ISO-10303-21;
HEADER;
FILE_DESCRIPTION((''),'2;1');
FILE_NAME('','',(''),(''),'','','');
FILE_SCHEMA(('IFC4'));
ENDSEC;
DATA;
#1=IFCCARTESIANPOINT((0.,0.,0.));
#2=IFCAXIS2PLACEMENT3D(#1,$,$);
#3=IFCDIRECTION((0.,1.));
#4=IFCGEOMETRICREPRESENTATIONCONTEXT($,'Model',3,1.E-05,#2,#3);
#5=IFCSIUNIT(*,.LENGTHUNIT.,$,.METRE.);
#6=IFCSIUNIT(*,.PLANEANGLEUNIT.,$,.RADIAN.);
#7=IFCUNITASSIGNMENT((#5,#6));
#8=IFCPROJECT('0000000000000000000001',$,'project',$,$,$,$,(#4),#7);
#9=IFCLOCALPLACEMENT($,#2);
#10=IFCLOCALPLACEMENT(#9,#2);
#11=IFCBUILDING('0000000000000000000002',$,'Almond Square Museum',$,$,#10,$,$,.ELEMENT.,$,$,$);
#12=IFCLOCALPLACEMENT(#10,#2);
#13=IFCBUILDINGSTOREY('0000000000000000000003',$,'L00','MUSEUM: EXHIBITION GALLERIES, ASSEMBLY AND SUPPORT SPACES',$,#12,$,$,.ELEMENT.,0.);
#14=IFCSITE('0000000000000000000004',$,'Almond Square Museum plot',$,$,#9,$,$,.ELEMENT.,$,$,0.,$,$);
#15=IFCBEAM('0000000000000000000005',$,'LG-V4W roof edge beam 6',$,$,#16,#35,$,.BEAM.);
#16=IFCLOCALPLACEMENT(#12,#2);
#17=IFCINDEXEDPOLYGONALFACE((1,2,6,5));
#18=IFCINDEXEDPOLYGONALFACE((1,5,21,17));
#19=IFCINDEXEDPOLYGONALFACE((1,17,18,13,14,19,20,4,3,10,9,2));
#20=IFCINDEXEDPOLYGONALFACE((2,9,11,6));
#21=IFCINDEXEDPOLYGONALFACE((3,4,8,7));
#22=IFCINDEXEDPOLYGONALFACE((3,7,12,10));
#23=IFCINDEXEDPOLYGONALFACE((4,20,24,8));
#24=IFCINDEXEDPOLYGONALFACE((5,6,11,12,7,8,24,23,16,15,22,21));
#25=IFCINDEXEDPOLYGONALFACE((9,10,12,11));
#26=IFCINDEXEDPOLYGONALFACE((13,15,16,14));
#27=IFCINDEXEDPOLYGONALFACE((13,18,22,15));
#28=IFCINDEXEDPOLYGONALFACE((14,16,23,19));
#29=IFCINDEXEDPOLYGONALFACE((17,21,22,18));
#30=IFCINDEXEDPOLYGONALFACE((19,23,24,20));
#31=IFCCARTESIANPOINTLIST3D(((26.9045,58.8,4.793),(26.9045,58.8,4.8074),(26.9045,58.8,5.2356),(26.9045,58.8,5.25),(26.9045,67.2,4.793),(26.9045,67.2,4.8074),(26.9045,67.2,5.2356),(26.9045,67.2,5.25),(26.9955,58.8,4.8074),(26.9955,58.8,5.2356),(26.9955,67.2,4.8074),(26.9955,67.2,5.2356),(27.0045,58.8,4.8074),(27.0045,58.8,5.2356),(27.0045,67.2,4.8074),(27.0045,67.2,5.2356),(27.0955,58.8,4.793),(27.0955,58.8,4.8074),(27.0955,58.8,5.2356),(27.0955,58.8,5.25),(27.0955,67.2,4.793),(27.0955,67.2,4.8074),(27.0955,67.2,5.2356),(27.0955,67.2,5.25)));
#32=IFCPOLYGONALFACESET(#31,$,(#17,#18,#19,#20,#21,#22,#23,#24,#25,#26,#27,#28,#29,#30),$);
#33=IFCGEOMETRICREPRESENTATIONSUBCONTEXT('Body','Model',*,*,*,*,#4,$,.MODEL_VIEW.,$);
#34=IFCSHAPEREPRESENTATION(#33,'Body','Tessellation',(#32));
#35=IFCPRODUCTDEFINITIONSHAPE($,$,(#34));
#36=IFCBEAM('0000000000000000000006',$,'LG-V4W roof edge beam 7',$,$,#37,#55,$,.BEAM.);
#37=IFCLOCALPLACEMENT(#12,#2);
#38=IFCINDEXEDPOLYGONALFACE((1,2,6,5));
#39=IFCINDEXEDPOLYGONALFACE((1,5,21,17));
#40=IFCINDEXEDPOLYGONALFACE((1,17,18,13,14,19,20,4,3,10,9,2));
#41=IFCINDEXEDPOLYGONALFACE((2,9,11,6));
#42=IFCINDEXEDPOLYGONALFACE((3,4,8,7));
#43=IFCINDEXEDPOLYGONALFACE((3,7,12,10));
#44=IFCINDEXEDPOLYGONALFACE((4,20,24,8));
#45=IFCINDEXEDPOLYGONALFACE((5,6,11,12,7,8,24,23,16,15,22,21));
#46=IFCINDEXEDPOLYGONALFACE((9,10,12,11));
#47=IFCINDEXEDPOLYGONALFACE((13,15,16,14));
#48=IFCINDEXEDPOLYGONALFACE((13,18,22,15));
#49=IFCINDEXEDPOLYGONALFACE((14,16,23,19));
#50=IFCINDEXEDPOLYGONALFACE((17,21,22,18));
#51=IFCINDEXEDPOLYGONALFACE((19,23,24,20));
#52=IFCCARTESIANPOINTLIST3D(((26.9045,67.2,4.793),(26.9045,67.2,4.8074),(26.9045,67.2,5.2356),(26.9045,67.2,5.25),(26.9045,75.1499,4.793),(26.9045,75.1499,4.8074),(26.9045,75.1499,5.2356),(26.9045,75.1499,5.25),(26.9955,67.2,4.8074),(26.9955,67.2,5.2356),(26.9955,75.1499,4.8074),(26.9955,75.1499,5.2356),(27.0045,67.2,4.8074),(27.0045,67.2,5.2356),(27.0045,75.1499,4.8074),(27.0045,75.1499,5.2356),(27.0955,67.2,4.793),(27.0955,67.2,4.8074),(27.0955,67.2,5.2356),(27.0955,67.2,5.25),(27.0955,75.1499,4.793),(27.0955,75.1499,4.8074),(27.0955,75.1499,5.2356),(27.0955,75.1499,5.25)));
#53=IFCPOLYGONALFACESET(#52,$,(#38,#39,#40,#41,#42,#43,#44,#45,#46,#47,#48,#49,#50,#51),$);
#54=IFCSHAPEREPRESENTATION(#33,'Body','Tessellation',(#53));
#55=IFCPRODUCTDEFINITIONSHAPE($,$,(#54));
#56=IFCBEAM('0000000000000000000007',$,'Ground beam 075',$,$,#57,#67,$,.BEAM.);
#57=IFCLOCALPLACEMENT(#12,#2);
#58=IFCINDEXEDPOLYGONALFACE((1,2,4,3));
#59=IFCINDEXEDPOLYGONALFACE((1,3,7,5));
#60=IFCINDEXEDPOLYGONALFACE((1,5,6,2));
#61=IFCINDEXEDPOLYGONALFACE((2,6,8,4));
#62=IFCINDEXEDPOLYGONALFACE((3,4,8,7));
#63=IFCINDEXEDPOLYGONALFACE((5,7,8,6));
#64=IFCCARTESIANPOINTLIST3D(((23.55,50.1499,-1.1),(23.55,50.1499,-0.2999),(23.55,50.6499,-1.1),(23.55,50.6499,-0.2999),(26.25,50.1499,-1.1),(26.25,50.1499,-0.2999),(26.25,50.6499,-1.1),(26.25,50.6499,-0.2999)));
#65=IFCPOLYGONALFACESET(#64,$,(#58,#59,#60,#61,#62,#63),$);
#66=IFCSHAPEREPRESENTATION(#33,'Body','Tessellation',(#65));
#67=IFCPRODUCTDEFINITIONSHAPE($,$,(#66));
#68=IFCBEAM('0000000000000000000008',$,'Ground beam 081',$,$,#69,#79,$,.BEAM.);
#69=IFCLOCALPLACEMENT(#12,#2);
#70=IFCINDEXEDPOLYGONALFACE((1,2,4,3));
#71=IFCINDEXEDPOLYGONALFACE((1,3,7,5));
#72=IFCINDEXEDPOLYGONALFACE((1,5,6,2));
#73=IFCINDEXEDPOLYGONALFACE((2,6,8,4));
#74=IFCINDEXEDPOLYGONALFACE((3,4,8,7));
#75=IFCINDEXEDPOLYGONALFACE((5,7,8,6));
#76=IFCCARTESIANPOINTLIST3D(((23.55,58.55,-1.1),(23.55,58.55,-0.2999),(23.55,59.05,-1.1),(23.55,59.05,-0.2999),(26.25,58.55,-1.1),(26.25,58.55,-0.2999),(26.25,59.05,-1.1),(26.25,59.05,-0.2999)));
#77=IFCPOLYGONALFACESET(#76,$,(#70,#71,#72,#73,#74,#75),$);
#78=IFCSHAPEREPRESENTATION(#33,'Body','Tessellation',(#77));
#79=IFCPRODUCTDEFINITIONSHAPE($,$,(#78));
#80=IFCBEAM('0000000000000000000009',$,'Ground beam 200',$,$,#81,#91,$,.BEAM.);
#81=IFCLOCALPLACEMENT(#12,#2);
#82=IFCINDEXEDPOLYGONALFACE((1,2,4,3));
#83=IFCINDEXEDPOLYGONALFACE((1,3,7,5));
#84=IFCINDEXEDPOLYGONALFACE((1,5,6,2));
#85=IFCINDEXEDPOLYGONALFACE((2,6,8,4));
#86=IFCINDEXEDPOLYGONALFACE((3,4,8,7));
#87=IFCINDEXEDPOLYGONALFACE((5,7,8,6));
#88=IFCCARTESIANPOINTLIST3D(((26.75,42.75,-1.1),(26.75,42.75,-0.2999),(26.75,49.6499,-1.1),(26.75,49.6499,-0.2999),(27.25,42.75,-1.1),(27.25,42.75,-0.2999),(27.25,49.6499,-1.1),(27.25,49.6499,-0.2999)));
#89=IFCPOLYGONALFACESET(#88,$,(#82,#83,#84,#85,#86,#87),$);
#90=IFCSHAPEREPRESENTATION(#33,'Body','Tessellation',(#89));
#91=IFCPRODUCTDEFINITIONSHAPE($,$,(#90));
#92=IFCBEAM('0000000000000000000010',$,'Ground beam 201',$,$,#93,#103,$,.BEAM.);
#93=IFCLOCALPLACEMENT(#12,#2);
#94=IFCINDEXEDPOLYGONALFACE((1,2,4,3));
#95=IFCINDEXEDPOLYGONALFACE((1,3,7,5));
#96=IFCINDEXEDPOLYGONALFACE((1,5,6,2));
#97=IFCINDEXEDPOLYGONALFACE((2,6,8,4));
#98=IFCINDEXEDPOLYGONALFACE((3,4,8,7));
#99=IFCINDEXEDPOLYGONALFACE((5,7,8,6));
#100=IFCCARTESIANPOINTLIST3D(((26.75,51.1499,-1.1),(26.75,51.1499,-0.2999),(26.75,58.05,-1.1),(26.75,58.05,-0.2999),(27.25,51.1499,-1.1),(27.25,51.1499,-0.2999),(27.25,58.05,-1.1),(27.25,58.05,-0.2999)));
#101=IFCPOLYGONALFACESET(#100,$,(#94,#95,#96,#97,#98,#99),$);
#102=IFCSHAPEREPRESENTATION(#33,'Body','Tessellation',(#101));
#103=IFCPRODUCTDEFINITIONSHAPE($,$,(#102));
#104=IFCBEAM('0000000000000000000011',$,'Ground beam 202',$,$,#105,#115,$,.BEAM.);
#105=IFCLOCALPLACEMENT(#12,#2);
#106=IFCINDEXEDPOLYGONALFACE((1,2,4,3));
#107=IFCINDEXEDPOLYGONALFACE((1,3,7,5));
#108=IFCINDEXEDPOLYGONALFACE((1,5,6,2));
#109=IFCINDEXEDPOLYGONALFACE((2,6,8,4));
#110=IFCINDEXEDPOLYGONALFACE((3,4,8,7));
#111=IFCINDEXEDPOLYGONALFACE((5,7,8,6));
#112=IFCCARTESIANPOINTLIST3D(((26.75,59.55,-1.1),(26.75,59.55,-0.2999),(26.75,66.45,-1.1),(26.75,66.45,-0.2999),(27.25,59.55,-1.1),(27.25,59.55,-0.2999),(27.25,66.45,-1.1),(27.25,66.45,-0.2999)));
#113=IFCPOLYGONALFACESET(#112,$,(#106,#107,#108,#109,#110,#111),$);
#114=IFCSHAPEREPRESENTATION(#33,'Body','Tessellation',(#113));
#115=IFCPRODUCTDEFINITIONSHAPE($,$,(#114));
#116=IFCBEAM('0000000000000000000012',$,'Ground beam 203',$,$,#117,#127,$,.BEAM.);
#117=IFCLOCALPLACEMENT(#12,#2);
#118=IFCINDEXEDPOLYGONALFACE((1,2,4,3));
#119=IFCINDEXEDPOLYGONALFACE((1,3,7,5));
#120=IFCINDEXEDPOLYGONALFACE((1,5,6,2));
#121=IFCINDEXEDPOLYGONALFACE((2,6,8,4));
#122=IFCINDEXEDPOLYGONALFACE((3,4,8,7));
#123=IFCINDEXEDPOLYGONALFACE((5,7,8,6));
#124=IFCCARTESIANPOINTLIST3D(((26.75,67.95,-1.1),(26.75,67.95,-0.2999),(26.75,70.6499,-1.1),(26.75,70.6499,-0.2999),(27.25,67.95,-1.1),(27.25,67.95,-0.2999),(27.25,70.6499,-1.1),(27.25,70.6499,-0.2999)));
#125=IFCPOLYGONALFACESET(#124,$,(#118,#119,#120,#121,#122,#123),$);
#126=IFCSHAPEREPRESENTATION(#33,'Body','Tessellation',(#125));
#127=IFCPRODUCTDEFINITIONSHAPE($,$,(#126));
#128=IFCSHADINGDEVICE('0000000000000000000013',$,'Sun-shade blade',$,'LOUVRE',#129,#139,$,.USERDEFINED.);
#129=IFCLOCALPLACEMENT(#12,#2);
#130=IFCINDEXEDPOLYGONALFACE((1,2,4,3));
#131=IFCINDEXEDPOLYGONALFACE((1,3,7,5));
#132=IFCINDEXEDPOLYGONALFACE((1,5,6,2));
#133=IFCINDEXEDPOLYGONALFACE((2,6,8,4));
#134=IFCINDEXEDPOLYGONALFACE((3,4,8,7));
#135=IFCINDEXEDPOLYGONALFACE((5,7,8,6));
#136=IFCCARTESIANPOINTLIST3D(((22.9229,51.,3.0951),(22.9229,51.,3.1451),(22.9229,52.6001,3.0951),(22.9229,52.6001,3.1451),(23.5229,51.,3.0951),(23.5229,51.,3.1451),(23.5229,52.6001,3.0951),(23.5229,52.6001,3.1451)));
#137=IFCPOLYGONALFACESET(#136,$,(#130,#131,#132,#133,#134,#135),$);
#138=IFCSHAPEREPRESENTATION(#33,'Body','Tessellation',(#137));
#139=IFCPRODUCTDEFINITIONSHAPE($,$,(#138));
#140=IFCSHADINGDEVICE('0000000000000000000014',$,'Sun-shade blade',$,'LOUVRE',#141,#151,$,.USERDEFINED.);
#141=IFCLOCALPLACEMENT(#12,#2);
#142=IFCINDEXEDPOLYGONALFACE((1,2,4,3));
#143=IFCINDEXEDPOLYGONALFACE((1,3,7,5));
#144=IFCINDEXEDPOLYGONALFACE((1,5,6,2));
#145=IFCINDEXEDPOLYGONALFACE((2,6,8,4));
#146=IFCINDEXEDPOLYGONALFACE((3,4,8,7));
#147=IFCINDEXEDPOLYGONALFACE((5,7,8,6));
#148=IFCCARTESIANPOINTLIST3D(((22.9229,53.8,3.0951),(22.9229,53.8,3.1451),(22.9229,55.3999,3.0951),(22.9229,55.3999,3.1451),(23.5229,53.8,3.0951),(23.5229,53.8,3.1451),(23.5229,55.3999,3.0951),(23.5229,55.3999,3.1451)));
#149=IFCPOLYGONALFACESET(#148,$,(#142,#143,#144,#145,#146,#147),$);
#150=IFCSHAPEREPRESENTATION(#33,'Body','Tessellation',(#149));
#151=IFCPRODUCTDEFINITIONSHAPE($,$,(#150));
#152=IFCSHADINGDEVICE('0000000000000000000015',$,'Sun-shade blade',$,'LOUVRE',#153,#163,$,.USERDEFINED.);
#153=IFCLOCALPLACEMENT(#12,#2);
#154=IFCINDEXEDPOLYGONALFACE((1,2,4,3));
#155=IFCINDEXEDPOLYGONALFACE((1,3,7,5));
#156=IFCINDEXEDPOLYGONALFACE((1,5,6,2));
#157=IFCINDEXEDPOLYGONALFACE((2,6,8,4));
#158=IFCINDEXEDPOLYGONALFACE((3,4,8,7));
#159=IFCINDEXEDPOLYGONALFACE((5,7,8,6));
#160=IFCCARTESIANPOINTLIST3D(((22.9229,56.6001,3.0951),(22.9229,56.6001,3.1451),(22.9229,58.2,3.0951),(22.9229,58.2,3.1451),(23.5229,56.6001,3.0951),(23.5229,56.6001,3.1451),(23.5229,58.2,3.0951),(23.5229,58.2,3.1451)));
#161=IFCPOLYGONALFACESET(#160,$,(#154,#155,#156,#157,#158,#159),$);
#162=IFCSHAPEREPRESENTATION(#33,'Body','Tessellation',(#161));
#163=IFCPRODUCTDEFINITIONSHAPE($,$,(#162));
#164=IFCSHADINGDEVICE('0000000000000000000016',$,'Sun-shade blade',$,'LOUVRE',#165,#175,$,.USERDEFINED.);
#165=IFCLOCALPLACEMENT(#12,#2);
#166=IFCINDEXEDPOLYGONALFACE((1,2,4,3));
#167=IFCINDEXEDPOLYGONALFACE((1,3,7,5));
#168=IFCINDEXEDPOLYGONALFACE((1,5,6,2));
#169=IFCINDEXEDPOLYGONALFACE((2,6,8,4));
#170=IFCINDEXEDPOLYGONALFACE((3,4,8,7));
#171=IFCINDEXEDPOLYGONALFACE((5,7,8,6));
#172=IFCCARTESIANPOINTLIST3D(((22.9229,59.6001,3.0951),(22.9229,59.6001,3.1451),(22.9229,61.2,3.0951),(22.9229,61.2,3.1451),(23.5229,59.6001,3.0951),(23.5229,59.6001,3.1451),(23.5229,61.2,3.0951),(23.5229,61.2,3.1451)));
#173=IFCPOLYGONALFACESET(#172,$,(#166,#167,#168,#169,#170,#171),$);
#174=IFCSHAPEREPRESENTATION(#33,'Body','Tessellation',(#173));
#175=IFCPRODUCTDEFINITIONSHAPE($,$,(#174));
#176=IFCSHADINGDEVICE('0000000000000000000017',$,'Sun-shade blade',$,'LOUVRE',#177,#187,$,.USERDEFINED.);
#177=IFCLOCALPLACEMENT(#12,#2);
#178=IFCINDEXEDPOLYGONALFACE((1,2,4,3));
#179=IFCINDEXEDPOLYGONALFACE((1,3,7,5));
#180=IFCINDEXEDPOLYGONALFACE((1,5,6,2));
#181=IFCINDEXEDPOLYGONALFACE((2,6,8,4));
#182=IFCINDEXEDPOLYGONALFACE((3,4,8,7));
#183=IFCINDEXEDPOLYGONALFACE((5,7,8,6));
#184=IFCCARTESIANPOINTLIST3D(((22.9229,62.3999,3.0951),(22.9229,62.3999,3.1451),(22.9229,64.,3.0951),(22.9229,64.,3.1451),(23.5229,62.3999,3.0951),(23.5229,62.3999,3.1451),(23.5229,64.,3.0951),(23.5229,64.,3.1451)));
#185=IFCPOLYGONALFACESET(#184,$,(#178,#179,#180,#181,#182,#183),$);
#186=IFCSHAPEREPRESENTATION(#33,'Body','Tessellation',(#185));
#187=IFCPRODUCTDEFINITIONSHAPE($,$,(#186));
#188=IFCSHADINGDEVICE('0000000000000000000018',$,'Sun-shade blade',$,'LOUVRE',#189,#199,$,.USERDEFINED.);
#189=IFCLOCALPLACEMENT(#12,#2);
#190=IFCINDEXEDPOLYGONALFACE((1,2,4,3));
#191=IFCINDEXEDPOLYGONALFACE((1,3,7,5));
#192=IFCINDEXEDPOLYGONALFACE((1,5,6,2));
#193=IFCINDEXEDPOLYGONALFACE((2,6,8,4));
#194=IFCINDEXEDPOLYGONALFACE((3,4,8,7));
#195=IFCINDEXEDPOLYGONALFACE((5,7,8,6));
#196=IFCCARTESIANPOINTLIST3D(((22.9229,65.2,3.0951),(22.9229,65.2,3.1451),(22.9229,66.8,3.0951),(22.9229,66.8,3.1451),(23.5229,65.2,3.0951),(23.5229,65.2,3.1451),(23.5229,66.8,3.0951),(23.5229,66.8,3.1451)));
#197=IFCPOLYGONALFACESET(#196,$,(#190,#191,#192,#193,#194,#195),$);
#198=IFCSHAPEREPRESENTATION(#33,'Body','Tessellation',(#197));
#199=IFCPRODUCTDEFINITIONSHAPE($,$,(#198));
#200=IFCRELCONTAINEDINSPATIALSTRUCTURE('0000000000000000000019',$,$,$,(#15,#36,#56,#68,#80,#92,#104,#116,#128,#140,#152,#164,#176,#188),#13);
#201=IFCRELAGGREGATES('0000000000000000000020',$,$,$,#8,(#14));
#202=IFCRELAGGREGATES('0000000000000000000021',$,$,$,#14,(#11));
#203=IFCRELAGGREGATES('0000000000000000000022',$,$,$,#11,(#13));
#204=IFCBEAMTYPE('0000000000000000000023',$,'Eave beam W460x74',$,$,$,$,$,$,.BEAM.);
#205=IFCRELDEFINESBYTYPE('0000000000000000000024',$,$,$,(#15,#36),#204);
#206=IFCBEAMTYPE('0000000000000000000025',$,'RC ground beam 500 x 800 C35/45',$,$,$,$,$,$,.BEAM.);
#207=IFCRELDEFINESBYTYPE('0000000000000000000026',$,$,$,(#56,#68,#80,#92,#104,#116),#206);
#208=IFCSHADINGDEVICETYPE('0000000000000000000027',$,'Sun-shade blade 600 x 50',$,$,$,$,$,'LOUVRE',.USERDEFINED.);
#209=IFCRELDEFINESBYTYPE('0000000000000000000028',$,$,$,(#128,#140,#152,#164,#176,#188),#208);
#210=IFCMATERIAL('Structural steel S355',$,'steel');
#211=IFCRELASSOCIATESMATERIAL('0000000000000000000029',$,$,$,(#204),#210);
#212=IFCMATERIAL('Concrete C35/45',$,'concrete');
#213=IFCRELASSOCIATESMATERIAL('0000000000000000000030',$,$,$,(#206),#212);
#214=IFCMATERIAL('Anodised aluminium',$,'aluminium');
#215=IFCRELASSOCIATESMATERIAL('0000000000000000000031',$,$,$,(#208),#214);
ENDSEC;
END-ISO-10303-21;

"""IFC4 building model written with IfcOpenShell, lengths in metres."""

from ifc_helpers import new_model, si_unit, direction, frame, origin, origin_2d, place, context, subcontext, project, spatial, rectangle, i_section, extrude, material, material_profile, profile_set, type_object, element, save


model = new_model("IFC4")

# Units and contexts
model_context = context("Model", 3, precision=1e-05, world=origin(), true_north=direction((0.0, 1.0)))
body_context = subcontext(model_context, "Body", "Model", "MODEL_VIEW")
ifc_project = project(units=[si_unit("LENGTHUNIT", "METRE"), si_unit("PLANEANGLEUNIT", "RADIAN")], contexts=[model_context])

# Site, building, storey
site_placement = place(None, origin())
site = spatial("IfcSite", under=ifc_project, at=site_placement, Name="Almond Square Museum plot", CompositionType="ELEMENT", RefElevation=0.0)
building_placement = place(site_placement, origin())
building = spatial("IfcBuilding", under=site, at=building_placement, Name="Almond Square Museum", CompositionType="ELEMENT")
storey_placement = place(building_placement, origin())
storey = spatial("IfcBuildingStorey", under=building, at=storey_placement, Name="L00", Description="MUSEUM: EXHIBITION GALLERIES, ASSEMBLY AND SUPPORT SPACES", CompositionType="ELEMENT", Elevation=0.0)

# Beams
ifc_material_1 = material(Name="Structural steel S355", Category="steel")
ifc_material_profile_1 = material_profile(ifc_material_1, i_section(OverallWidth=0.1909, OverallDepth=0.457, WebThickness=0.009, FlangeThickness=0.0144, at=origin_2d()))
ifc_profile_set_1 = profile_set([ifc_material_profile_1], Name="Structural steel S355")
beam_type_1 = type_object("IfcBeamType", Name="Eave beam W460x74", PredefinedType="BEAM", material=ifc_profile_set_1)
beam_1_placement = place(storey_placement, frame((27.0, 58.8, 5.0215), z_axis=(0.0, 1.0, 0.0), x_axis=(-1.0, 0.0, 0.0)))
element("IfcBeam", 1, at=beam_1_placement, inside=storey, type_object=beam_type_1, Name="LG-V4W roof edge beam 6", PredefinedType="BEAM", context=body_context, shape_type="SweptSolid", body=[
    extrude(i_section(OverallWidth=0.1909, OverallDepth=0.457, WebThickness=0.009, FlangeThickness=0.0144, at=origin_2d()), origin(), (0.0, 0.0, 1.0), 8.3999),
])
beam_2_placement = place(storey_placement, frame((27.0, 67.2, 5.0215), z_axis=(0.0, 1.0, 0.0), x_axis=(-1.0, 0.0, 0.0)))
element("IfcBeam", 2, at=beam_2_placement, inside=storey, type_object=beam_type_1, Name="LG-V4W roof edge beam 7", PredefinedType="BEAM", context=body_context, shape_type="SweptSolid", body=[
    extrude(i_section(OverallWidth=0.1909, OverallDepth=0.457, WebThickness=0.009, FlangeThickness=0.0144, at=origin_2d()), origin(), (0.0, 0.0, 1.0), 7.95),
])
ifc_material_2 = material(Name="Concrete C35/45", Category="concrete")
ifc_material_profile_2 = material_profile(ifc_material_2, rectangle(XDim=0.5, YDim=0.8, at=origin_2d()))
ifc_profile_set_2 = profile_set([ifc_material_profile_2], Name="Concrete C35/45")
beam_type_2 = type_object("IfcBeamType", Name="RC ground beam 500 x 800 C35/45", PredefinedType="BEAM", material=ifc_profile_set_2)
for number, where, z_axis, x_axis, name in (
    (3, (23.55, 50.3999, -0.7), (1.0, 0.0, 0.0), (0.0, 1.0, 0.0), "Ground beam 075"),
    (4, (23.55, 58.8, -0.7), (1.0, 0.0, 0.0), (0.0, 1.0, 0.0), "Ground beam 081"),
):
    element("IfcBeam", number, at=place(storey_placement, frame(where, z_axis=z_axis, x_axis=x_axis)), inside=storey, type_object=beam_type_2, Name=name, PredefinedType="BEAM", context=body_context, shape_type="SweptSolid", body=[
        extrude(rectangle(XDim=0.5, YDim=0.8, at=origin_2d()), origin(), (0.0, 0.0, 1.0), 2.7),
    ])
beam_3_placement = place(storey_placement, frame((27.0, 42.75, -0.7), z_axis=(0.0, 1.0, 0.0), x_axis=(-1.0, 0.0, 0.0)))
element("IfcBeam", 5, at=beam_3_placement, inside=storey, type_object=beam_type_2, Name="Ground beam 200", PredefinedType="BEAM", context=body_context, shape_type="SweptSolid", body=[
    extrude(rectangle(XDim=0.5, YDim=0.8, at=origin_2d()), origin(), (0.0, 0.0, 1.0), 6.8999),
])
beam_4_placement = place(storey_placement, frame((27.0, 51.1499, -0.7), z_axis=(0.0, 1.0, 0.0), x_axis=(-1.0, 0.0, 0.0)))
element("IfcBeam", 6, at=beam_4_placement, inside=storey, type_object=beam_type_2, Name="Ground beam 201", PredefinedType="BEAM", context=body_context, shape_type="SweptSolid", body=[
    extrude(rectangle(XDim=0.5, YDim=0.8, at=origin_2d()), origin(), (0.0, 0.0, 1.0), 6.9001),
])
beam_5_placement = place(storey_placement, frame((27.0, 59.55, -0.7), z_axis=(0.0, 1.0, 0.0), x_axis=(-1.0, 0.0, 0.0)))
element("IfcBeam", 7, at=beam_5_placement, inside=storey, type_object=beam_type_2, Name="Ground beam 202", PredefinedType="BEAM", context=body_context, shape_type="SweptSolid", body=[
    extrude(rectangle(XDim=0.5, YDim=0.8, at=origin_2d()), origin(), (0.0, 0.0, 1.0), 6.8999),
])
beam_6_placement = place(storey_placement, frame((27.0, 67.95, -0.7), z_axis=(0.0, 1.0, 0.0), x_axis=(-1.0, 0.0, 0.0)))
element("IfcBeam", 8, at=beam_6_placement, inside=storey, type_object=beam_type_2, Name="Ground beam 203", PredefinedType="BEAM", context=body_context, shape_type="SweptSolid", body=[
    extrude(rectangle(XDim=0.5, YDim=0.8, at=origin_2d()), origin(), (0.0, 0.0, 1.0), 2.7),
])

# Shading devices
ifc_material_3 = material(Name="Anodised aluminium", Category="aluminium")
ifc_material_profile_3 = material_profile(ifc_material_3, rectangle(XDim=0.6001, YDim=0.05, at=origin_2d()))
ifc_profile_set_3 = profile_set([ifc_material_profile_3], Name="Anodised aluminium")
shading_device_type = type_object("IfcShadingDeviceType", Name="Sun-shade blade 600 x 50", ElementType="LOUVRE", PredefinedType="USERDEFINED", material=ifc_profile_set_3)
shading_device_placement = place(storey_placement, frame((23.2229, 51.0, 3.1201), z_axis=(0.0, 1.0, 0.0), x_axis=(-1.0, 0.0, 0.0)))
element("IfcShadingDevice", 9, at=shading_device_placement, inside=storey, type_object=shading_device_type, Name="Sun-shade blade", ObjectType="LOUVRE", PredefinedType="USERDEFINED", context=body_context, shape_type="SweptSolid", body=[
    extrude(rectangle(XDim=0.6001, YDim=0.05, at=origin_2d()), origin(), (0.0, 0.0, 1.0), 1.6001),
])
for number, where, z_axis, x_axis, name in (
    (10, (23.2229, 53.8, 3.1201), (0.0, 1.0, 0.0), (-1.0, 0.0, 0.0), "Sun-shade blade"),
    (11, (23.2229, 56.6001, 3.1201), (0.0, 1.0, 0.0), (-1.0, 0.0, 0.0), "Sun-shade blade"),
    (12, (23.2229, 59.6001, 3.1201), (0.0, 1.0, 0.0), (-1.0, 0.0, 0.0), "Sun-shade blade"),
):
    element("IfcShadingDevice", number, at=place(storey_placement, frame(where, z_axis=z_axis, x_axis=x_axis)), inside=storey, type_object=shading_device_type, Name=name, ObjectType="LOUVRE", PredefinedType="USERDEFINED", context=body_context, shape_type="SweptSolid", body=[
        extrude(rectangle(XDim=0.6001, YDim=0.05, at=origin_2d()), origin(), (0.0, 0.0, 1.0), 1.5999),
    ])
for number, where, z_axis, x_axis, name in (
    (13, (23.2229, 62.3999, 3.1201), (0.0, 1.0, 0.0), (-1.0, 0.0, 0.0), "Sun-shade blade"),
    (14, (23.2229, 65.2, 3.1201), (0.0, 1.0, 0.0), (-1.0, 0.0, 0.0), "Sun-shade blade"),
):
    element("IfcShadingDevice", number, at=place(storey_placement, frame(where, z_axis=z_axis, x_axis=x_axis)), inside=storey, type_object=shading_device_type, Name=name, ObjectType="LOUVRE", PredefinedType="USERDEFINED", context=body_context, shape_type="SweptSolid", body=[
        extrude(rectangle(XDim=0.6001, YDim=0.05, at=origin_2d()), origin(), (0.0, 0.0, 1.0), 1.6001),
    ])

save(model, "model.ifc")
